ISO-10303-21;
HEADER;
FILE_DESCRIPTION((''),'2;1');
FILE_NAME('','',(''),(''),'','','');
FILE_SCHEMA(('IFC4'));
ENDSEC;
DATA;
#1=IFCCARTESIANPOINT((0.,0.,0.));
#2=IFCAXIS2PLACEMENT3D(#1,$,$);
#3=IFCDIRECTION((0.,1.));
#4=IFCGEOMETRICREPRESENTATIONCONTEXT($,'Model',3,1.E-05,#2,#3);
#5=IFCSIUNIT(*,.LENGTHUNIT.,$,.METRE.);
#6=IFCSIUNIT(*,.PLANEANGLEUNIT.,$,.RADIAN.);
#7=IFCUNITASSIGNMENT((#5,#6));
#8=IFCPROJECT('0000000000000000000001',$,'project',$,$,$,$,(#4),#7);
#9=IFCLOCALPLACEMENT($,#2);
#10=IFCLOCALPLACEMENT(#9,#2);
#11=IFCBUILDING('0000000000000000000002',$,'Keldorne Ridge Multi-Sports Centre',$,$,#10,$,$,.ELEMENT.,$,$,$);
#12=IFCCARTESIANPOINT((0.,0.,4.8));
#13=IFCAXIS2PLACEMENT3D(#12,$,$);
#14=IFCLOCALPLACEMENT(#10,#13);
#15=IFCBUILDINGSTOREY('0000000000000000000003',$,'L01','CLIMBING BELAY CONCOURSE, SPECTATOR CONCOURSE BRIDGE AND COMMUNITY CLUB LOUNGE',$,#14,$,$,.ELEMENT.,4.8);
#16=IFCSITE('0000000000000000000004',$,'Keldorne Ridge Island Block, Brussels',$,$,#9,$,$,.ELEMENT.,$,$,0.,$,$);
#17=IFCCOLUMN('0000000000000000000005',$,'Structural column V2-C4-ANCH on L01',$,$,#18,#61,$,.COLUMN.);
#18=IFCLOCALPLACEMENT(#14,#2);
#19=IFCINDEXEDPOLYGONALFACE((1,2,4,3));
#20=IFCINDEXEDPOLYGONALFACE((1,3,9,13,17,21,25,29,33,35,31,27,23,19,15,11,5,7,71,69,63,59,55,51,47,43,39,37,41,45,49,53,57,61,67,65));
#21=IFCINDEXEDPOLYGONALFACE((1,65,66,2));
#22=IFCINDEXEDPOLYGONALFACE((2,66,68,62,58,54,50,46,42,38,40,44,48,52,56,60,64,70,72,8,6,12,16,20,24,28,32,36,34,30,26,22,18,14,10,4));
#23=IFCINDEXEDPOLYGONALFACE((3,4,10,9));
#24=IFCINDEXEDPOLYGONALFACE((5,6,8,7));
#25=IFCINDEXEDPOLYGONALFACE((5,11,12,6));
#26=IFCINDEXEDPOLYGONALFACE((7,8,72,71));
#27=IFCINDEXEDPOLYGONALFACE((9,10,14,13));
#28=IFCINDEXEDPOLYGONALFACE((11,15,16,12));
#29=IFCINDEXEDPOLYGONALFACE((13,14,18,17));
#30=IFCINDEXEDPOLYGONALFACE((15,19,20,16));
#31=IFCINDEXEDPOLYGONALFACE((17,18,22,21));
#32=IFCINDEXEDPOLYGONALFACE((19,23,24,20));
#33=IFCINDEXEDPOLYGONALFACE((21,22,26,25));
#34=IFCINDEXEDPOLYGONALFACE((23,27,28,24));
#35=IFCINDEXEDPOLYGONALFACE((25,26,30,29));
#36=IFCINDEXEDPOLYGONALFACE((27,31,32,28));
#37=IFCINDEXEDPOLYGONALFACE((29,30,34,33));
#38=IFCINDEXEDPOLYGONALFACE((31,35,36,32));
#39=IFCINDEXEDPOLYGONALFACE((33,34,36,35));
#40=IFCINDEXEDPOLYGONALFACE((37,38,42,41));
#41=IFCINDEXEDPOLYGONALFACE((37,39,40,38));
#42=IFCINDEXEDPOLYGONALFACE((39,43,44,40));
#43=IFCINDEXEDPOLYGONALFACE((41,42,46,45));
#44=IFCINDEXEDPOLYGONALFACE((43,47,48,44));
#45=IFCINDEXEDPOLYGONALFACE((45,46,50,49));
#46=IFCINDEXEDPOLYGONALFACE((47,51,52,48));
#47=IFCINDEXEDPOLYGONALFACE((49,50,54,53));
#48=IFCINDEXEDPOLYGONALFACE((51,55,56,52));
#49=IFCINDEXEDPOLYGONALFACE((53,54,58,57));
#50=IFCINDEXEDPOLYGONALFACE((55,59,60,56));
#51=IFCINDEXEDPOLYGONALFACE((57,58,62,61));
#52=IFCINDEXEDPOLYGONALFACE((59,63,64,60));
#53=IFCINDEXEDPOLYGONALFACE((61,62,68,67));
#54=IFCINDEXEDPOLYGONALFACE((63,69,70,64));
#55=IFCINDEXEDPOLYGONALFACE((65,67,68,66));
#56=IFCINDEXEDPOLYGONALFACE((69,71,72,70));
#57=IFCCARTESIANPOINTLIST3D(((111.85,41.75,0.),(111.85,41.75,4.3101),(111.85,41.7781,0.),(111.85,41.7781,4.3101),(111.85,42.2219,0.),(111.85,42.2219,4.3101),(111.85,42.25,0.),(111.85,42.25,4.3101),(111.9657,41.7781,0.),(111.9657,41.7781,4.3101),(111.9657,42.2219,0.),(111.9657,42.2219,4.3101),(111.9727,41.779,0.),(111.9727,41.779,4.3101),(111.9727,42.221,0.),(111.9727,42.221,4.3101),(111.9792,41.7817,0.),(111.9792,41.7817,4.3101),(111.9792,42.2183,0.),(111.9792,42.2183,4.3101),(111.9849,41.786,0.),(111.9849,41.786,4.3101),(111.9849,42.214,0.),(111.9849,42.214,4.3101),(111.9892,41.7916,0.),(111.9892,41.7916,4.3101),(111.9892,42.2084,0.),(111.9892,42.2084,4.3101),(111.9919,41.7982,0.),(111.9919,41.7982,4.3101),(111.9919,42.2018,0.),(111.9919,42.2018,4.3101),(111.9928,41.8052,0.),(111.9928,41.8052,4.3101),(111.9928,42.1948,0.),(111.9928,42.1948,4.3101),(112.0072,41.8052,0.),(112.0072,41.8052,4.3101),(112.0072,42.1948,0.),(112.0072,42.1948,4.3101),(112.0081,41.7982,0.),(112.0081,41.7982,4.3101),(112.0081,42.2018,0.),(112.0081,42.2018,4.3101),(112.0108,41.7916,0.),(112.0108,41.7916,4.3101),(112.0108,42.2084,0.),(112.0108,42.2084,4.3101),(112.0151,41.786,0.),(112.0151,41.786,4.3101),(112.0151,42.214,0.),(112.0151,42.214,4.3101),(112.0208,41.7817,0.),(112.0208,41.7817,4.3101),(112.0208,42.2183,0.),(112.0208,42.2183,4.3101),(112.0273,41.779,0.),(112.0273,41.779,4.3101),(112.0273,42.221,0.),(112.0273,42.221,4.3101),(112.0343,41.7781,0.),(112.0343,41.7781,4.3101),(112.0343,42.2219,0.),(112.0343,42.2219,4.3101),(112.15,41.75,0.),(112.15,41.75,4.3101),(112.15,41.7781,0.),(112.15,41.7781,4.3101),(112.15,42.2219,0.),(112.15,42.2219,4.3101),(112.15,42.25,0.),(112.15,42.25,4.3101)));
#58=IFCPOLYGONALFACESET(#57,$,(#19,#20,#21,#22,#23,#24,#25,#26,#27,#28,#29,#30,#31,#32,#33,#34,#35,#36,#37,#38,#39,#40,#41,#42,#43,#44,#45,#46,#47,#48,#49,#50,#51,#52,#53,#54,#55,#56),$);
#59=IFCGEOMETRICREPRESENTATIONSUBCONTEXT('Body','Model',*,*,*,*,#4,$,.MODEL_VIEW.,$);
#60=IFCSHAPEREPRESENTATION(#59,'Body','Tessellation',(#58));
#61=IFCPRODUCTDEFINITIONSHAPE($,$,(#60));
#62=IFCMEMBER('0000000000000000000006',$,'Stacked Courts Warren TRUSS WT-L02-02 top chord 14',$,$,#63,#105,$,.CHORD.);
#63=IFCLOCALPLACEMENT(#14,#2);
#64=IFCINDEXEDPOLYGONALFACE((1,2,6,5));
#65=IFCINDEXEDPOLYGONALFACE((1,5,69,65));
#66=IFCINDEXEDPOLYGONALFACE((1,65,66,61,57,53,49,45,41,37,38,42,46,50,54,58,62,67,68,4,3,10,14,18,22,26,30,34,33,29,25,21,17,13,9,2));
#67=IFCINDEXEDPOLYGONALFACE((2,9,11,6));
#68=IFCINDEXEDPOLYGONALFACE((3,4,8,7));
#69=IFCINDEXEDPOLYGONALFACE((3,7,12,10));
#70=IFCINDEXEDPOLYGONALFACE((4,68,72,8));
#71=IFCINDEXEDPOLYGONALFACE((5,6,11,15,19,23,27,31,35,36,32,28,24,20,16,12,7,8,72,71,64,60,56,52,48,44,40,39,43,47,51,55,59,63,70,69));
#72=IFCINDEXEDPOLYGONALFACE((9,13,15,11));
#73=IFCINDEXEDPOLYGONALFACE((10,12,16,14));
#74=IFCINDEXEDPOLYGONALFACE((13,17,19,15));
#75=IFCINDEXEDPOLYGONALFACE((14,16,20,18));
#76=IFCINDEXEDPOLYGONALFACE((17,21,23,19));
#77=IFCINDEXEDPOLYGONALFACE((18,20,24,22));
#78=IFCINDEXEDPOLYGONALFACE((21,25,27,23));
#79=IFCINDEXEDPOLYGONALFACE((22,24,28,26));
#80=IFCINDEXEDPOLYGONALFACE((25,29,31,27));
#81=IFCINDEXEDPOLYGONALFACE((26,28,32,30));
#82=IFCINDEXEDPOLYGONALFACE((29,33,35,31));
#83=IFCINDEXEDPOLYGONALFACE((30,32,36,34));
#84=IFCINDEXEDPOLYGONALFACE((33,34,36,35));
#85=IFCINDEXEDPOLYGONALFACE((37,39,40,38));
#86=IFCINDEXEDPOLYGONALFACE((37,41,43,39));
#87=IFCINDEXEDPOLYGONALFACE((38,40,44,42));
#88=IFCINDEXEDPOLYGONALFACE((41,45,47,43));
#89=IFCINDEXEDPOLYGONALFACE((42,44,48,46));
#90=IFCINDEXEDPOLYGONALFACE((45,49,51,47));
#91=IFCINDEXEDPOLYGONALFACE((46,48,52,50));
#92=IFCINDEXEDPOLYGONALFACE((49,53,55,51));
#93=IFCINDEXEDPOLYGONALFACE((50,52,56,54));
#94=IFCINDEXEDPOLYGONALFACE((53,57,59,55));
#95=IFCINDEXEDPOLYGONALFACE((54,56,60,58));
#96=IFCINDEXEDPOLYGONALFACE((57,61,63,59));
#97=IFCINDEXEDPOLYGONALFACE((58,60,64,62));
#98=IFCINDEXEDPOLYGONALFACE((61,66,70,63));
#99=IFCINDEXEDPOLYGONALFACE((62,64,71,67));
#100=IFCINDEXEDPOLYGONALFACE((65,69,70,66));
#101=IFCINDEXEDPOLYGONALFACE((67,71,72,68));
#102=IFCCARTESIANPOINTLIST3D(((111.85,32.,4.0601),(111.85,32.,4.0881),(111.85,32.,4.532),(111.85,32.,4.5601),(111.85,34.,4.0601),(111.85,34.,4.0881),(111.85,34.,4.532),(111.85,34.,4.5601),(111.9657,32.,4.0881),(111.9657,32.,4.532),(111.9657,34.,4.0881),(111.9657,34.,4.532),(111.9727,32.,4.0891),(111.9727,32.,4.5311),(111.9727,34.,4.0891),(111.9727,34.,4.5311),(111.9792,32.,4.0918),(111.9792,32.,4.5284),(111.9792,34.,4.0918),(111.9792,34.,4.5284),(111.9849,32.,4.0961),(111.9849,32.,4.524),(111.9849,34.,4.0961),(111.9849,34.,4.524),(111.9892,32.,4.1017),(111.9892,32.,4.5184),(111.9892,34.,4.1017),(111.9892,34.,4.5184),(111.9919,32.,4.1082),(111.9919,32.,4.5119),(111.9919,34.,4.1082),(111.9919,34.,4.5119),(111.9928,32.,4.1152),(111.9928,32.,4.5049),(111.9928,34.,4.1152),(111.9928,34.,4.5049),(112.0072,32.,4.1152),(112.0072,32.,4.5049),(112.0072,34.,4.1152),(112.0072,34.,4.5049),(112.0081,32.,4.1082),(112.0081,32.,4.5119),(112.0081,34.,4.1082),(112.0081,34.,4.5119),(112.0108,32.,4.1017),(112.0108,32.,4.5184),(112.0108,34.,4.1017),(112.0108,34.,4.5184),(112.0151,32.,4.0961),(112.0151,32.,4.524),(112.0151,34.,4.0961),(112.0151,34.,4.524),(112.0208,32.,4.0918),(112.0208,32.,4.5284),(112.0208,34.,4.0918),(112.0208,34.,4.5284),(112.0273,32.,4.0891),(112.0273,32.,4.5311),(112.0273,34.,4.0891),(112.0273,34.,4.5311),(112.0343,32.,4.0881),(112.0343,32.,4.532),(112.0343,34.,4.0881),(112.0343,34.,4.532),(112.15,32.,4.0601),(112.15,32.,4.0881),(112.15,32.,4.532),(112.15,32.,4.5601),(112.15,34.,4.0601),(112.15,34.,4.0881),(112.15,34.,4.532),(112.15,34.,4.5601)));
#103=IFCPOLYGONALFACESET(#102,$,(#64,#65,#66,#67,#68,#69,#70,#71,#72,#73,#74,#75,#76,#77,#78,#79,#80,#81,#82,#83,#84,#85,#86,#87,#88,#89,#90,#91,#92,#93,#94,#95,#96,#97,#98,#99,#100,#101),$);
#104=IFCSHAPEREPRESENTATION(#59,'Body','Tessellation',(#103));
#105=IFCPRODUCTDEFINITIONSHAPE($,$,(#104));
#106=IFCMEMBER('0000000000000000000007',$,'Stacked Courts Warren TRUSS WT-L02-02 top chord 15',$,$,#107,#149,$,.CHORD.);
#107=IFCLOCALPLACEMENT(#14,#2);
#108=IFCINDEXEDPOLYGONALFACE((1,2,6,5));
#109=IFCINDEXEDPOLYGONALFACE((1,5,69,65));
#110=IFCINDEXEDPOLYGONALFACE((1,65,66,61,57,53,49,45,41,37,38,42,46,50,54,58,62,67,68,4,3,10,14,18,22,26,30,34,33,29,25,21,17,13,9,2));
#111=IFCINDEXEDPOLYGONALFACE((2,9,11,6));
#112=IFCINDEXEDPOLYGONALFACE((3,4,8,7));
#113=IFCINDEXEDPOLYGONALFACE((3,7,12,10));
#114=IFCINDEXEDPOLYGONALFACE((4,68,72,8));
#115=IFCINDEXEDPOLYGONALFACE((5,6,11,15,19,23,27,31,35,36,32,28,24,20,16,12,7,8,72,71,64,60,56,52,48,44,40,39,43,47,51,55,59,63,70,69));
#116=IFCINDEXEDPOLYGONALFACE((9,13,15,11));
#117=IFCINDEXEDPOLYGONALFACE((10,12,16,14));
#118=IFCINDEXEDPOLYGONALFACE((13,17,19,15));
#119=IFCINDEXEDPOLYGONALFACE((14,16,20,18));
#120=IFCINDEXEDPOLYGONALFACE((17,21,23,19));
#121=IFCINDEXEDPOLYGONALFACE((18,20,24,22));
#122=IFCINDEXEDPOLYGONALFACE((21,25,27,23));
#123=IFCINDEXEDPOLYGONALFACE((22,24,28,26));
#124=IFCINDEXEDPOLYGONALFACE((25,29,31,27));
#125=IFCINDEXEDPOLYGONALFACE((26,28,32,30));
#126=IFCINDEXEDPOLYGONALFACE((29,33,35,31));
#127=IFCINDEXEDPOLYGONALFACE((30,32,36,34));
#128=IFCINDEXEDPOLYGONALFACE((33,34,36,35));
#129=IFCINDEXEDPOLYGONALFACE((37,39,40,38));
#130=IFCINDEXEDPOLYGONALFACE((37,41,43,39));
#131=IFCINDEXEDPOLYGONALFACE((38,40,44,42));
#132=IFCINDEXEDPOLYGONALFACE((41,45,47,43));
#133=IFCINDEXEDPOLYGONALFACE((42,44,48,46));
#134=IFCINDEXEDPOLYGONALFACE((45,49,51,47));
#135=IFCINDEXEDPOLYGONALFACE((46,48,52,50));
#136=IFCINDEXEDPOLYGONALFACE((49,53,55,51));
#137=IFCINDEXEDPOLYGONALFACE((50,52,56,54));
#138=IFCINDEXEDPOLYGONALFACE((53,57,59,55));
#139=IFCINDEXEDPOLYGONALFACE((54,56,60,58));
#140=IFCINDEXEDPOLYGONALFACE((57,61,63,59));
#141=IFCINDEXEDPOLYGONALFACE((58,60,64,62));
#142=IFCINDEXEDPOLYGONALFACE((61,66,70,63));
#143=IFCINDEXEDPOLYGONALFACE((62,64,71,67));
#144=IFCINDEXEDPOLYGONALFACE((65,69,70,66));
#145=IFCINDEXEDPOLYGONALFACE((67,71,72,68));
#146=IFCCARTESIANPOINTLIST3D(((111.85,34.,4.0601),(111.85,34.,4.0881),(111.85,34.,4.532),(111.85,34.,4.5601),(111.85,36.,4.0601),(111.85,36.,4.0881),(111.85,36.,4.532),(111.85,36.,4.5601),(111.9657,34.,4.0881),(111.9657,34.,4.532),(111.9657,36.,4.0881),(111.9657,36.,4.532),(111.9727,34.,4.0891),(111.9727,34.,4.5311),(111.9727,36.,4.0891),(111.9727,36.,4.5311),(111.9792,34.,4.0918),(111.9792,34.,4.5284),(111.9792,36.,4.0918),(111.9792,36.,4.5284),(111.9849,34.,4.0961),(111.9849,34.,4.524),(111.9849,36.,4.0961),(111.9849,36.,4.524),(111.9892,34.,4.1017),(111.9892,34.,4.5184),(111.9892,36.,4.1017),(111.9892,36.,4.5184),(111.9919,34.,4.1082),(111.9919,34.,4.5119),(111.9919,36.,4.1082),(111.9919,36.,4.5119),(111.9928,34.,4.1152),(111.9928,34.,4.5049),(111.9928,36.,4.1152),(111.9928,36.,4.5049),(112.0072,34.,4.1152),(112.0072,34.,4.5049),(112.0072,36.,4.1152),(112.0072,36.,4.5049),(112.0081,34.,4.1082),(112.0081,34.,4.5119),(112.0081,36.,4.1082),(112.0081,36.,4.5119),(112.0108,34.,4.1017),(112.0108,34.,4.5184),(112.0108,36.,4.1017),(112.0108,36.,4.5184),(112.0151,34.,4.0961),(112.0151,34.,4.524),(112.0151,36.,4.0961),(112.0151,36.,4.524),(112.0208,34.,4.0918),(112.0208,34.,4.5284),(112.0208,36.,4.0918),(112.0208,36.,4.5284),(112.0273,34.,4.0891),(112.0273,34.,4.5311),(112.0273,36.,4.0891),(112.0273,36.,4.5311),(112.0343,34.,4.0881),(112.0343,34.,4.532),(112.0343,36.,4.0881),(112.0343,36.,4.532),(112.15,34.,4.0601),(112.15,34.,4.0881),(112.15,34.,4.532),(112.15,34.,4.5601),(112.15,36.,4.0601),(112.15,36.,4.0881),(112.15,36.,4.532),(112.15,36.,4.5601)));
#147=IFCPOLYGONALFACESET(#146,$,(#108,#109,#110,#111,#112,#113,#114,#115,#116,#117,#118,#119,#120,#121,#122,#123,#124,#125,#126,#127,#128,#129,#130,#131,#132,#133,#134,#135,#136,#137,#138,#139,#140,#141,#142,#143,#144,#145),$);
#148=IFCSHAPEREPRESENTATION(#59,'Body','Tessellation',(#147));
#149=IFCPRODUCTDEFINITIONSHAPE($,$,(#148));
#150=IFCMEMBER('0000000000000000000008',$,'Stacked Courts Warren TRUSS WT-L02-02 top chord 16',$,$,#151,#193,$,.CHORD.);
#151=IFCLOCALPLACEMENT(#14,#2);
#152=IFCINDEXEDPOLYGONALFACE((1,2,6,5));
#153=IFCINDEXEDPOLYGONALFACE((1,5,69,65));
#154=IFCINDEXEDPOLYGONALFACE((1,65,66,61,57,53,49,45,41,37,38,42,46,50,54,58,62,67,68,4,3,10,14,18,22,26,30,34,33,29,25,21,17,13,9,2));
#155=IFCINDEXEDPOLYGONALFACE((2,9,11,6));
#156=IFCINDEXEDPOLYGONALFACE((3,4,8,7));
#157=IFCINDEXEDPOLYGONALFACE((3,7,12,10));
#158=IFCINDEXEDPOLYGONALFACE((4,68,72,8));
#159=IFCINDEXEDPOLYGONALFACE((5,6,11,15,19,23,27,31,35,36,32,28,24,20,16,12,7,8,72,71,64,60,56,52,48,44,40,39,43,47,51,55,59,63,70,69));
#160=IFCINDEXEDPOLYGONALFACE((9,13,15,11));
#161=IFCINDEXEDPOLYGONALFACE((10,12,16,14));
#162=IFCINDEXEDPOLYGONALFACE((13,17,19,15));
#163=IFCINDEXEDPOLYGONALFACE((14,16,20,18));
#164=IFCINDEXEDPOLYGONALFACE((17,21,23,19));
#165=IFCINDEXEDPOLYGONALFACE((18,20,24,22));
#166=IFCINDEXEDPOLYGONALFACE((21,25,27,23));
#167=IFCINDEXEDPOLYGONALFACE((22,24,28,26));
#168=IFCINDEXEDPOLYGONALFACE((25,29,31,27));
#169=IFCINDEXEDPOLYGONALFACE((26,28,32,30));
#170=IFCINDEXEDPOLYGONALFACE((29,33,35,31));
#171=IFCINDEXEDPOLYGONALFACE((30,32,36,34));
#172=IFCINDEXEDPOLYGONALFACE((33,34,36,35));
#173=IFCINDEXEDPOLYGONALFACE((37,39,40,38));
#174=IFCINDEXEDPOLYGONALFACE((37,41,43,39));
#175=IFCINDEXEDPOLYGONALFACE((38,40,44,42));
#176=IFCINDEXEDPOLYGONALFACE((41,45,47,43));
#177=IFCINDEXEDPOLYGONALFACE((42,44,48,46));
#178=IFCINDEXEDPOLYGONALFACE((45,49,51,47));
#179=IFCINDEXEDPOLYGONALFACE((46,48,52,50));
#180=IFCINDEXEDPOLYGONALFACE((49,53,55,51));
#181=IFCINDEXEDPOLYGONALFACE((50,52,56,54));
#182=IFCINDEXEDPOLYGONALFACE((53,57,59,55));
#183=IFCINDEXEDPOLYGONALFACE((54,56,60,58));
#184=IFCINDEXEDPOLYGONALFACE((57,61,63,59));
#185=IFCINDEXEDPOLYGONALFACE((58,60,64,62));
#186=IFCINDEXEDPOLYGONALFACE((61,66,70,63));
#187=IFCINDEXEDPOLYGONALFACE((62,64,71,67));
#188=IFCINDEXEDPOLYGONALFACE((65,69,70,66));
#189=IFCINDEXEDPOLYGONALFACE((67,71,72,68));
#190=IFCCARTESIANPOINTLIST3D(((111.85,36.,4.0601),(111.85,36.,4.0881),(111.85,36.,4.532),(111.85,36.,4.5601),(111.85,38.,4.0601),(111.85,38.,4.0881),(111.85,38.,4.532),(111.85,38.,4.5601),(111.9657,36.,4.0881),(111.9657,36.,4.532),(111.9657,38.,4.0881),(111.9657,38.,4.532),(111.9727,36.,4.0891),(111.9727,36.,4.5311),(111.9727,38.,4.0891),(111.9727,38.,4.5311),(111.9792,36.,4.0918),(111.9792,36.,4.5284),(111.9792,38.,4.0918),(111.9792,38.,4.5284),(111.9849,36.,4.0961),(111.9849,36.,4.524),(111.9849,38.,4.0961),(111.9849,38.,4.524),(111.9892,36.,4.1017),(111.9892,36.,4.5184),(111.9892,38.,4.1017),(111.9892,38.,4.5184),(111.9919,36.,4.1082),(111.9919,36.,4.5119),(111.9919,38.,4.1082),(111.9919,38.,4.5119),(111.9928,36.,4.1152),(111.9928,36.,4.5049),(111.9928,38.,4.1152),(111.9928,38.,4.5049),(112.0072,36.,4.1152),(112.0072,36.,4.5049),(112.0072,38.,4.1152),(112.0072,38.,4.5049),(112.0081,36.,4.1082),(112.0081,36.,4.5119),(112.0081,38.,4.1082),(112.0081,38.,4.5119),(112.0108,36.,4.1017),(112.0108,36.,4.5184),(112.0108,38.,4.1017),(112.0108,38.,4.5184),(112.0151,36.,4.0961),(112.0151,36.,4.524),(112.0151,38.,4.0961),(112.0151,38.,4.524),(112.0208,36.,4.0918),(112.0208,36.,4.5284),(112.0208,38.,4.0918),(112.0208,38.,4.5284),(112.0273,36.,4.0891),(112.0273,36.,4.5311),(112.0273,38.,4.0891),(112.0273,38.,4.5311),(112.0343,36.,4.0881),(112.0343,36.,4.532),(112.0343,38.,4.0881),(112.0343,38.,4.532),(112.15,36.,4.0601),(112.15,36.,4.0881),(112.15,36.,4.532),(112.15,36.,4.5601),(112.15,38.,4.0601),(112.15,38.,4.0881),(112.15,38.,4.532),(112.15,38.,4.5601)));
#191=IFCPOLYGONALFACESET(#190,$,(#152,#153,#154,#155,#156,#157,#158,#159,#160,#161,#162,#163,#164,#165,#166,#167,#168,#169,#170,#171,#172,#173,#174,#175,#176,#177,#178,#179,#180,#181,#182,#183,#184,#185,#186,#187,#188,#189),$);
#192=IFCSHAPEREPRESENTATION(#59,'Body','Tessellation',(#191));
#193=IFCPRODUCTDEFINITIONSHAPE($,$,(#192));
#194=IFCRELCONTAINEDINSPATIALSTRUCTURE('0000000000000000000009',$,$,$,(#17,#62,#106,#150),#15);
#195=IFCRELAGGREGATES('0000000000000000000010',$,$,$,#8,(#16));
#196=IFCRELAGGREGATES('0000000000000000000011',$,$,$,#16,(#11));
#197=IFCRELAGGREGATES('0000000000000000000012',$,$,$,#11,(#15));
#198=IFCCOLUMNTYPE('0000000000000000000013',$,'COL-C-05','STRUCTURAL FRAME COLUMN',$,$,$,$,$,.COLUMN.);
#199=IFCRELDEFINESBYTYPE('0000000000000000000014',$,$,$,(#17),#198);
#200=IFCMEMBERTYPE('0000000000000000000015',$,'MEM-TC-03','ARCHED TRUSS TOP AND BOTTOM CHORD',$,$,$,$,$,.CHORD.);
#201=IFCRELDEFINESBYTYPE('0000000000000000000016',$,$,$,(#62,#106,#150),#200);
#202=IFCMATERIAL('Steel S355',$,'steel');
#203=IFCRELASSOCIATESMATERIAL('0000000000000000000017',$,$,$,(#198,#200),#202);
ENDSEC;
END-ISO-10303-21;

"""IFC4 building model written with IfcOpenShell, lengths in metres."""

from ifc_helpers import new_model, si_unit, direction, frame, origin, origin_2d, place, context, subcontext, project, spatial, i_section, extrude, material, material_profile, profile_set, type_object, element, save


model = new_model("IFC4")

# Units and contexts
model_context = context("Model", 3, precision=1e-05, world=origin(), true_north=direction((0.0, 1.0)))
body_context = subcontext(model_context, "Body", "Model", "MODEL_VIEW")
ifc_project = project(units=[si_unit("LENGTHUNIT", "METRE"), si_unit("PLANEANGLEUNIT", "RADIAN")], contexts=[model_context])

# Site, building, storey
site_placement = place(None, origin())
site = spatial("IfcSite", under=ifc_project, at=site_placement, Name="Keldorne Ridge Island Block, Brussels", CompositionType="ELEMENT", RefElevation=0.0)
building_placement = place(site_placement, origin())
building = spatial("IfcBuilding", under=site, at=building_placement, Name="Keldorne Ridge Multi-Sports Centre", CompositionType="ELEMENT")
storey_placement = place(building_placement, frame((0.0, 0.0, 4.8)))
storey = spatial("IfcBuildingStorey", under=building, at=storey_placement, Name="L01", Description="CLIMBING BELAY CONCOURSE, SPECTATOR CONCOURSE BRIDGE AND COMMUNITY CLUB LOUNGE", CompositionType="ELEMENT", Elevation=4.8)

# Column
ifc_material_1 = material(Name="Steel S355", Category="steel")
ifc_material_profile_1 = material_profile(ifc_material_1, i_section(OverallWidth=0.3, OverallDepth=0.5, WebThickness=0.0144, FlangeThickness=0.0281, FilletRadius=0.0271, at=origin_2d()), Name="HEB 500")
ifc_profile_set_1 = profile_set([ifc_material_profile_1], Name="Steel S355")
column_type = type_object("IfcColumnType", Name="COL-C-05", Description="STRUCTURAL FRAME COLUMN", PredefinedType="COLUMN", material=ifc_profile_set_1)
column_placement = place(storey_placement, frame((112.0, 42.0, 0.0), z_axis=(0.0, 0.0, 1.0), x_axis=(1.0, 0.0, 0.0)))
element("IfcColumn", 1, at=column_placement, inside=storey, type_object=column_type, Name="Structural column V2-C4-ANCH on L01", PredefinedType="COLUMN", context=body_context, shape_type="SweptSolid", body=[
    extrude(i_section(OverallWidth=0.3, OverallDepth=0.5, WebThickness=0.0144, FlangeThickness=0.0281, FilletRadius=0.0271, at=origin_2d()), origin(), (0.0, 0.0, 1.0), 4.3101),
])

# Members
ifc_material_profile_2 = material_profile(ifc_material_1, i_section(OverallWidth=0.3, OverallDepth=0.5, WebThickness=0.0144, FlangeThickness=0.0281, FilletRadius=0.0271, at=origin_2d()), Name="HEB 500")
ifc_profile_set_2 = profile_set([ifc_material_profile_2], Name="Steel S355")
member_type_1 = type_object("IfcMemberType", Name="MEM-TC-03", Description="ARCHED TRUSS TOP AND BOTTOM CHORD", PredefinedType="CHORD", material=ifc_profile_set_2)
for number, where, z_axis, x_axis, name in (
    (2, (112.0, 32.0, 4.3101), (0.0, 1.0, 0.0), (-1.0, 0.0, 0.0), "Stacked Courts Warren TRUSS WT-L02-02 top chord 14"),
    (3, (112.0, 34.0, 4.3101), (0.0, 1.0, 0.0), (-1.0, 0.0, 0.0), "Stacked Courts Warren TRUSS WT-L02-02 top chord 15"),
    (4, (112.0, 36.0, 4.3101), (0.0, 1.0, 0.0), (-1.0, 0.0, 0.0), "Stacked Courts Warren TRUSS WT-L02-02 top chord 16"),
):
    element("IfcMember", number, at=place(storey_placement, frame(where, z_axis=z_axis, x_axis=x_axis)), inside=storey, type_object=member_type_1, Name=name, PredefinedType="CHORD", context=body_context, shape_type="SweptSolid", body=[
        extrude(i_section(OverallWidth=0.3, OverallDepth=0.5, WebThickness=0.0144, FlangeThickness=0.0281, FilletRadius=0.0271, at=origin_2d()), origin(), (0.0, 0.0, 1.0), 2.0),
    ])

save(model, "model.ifc")
